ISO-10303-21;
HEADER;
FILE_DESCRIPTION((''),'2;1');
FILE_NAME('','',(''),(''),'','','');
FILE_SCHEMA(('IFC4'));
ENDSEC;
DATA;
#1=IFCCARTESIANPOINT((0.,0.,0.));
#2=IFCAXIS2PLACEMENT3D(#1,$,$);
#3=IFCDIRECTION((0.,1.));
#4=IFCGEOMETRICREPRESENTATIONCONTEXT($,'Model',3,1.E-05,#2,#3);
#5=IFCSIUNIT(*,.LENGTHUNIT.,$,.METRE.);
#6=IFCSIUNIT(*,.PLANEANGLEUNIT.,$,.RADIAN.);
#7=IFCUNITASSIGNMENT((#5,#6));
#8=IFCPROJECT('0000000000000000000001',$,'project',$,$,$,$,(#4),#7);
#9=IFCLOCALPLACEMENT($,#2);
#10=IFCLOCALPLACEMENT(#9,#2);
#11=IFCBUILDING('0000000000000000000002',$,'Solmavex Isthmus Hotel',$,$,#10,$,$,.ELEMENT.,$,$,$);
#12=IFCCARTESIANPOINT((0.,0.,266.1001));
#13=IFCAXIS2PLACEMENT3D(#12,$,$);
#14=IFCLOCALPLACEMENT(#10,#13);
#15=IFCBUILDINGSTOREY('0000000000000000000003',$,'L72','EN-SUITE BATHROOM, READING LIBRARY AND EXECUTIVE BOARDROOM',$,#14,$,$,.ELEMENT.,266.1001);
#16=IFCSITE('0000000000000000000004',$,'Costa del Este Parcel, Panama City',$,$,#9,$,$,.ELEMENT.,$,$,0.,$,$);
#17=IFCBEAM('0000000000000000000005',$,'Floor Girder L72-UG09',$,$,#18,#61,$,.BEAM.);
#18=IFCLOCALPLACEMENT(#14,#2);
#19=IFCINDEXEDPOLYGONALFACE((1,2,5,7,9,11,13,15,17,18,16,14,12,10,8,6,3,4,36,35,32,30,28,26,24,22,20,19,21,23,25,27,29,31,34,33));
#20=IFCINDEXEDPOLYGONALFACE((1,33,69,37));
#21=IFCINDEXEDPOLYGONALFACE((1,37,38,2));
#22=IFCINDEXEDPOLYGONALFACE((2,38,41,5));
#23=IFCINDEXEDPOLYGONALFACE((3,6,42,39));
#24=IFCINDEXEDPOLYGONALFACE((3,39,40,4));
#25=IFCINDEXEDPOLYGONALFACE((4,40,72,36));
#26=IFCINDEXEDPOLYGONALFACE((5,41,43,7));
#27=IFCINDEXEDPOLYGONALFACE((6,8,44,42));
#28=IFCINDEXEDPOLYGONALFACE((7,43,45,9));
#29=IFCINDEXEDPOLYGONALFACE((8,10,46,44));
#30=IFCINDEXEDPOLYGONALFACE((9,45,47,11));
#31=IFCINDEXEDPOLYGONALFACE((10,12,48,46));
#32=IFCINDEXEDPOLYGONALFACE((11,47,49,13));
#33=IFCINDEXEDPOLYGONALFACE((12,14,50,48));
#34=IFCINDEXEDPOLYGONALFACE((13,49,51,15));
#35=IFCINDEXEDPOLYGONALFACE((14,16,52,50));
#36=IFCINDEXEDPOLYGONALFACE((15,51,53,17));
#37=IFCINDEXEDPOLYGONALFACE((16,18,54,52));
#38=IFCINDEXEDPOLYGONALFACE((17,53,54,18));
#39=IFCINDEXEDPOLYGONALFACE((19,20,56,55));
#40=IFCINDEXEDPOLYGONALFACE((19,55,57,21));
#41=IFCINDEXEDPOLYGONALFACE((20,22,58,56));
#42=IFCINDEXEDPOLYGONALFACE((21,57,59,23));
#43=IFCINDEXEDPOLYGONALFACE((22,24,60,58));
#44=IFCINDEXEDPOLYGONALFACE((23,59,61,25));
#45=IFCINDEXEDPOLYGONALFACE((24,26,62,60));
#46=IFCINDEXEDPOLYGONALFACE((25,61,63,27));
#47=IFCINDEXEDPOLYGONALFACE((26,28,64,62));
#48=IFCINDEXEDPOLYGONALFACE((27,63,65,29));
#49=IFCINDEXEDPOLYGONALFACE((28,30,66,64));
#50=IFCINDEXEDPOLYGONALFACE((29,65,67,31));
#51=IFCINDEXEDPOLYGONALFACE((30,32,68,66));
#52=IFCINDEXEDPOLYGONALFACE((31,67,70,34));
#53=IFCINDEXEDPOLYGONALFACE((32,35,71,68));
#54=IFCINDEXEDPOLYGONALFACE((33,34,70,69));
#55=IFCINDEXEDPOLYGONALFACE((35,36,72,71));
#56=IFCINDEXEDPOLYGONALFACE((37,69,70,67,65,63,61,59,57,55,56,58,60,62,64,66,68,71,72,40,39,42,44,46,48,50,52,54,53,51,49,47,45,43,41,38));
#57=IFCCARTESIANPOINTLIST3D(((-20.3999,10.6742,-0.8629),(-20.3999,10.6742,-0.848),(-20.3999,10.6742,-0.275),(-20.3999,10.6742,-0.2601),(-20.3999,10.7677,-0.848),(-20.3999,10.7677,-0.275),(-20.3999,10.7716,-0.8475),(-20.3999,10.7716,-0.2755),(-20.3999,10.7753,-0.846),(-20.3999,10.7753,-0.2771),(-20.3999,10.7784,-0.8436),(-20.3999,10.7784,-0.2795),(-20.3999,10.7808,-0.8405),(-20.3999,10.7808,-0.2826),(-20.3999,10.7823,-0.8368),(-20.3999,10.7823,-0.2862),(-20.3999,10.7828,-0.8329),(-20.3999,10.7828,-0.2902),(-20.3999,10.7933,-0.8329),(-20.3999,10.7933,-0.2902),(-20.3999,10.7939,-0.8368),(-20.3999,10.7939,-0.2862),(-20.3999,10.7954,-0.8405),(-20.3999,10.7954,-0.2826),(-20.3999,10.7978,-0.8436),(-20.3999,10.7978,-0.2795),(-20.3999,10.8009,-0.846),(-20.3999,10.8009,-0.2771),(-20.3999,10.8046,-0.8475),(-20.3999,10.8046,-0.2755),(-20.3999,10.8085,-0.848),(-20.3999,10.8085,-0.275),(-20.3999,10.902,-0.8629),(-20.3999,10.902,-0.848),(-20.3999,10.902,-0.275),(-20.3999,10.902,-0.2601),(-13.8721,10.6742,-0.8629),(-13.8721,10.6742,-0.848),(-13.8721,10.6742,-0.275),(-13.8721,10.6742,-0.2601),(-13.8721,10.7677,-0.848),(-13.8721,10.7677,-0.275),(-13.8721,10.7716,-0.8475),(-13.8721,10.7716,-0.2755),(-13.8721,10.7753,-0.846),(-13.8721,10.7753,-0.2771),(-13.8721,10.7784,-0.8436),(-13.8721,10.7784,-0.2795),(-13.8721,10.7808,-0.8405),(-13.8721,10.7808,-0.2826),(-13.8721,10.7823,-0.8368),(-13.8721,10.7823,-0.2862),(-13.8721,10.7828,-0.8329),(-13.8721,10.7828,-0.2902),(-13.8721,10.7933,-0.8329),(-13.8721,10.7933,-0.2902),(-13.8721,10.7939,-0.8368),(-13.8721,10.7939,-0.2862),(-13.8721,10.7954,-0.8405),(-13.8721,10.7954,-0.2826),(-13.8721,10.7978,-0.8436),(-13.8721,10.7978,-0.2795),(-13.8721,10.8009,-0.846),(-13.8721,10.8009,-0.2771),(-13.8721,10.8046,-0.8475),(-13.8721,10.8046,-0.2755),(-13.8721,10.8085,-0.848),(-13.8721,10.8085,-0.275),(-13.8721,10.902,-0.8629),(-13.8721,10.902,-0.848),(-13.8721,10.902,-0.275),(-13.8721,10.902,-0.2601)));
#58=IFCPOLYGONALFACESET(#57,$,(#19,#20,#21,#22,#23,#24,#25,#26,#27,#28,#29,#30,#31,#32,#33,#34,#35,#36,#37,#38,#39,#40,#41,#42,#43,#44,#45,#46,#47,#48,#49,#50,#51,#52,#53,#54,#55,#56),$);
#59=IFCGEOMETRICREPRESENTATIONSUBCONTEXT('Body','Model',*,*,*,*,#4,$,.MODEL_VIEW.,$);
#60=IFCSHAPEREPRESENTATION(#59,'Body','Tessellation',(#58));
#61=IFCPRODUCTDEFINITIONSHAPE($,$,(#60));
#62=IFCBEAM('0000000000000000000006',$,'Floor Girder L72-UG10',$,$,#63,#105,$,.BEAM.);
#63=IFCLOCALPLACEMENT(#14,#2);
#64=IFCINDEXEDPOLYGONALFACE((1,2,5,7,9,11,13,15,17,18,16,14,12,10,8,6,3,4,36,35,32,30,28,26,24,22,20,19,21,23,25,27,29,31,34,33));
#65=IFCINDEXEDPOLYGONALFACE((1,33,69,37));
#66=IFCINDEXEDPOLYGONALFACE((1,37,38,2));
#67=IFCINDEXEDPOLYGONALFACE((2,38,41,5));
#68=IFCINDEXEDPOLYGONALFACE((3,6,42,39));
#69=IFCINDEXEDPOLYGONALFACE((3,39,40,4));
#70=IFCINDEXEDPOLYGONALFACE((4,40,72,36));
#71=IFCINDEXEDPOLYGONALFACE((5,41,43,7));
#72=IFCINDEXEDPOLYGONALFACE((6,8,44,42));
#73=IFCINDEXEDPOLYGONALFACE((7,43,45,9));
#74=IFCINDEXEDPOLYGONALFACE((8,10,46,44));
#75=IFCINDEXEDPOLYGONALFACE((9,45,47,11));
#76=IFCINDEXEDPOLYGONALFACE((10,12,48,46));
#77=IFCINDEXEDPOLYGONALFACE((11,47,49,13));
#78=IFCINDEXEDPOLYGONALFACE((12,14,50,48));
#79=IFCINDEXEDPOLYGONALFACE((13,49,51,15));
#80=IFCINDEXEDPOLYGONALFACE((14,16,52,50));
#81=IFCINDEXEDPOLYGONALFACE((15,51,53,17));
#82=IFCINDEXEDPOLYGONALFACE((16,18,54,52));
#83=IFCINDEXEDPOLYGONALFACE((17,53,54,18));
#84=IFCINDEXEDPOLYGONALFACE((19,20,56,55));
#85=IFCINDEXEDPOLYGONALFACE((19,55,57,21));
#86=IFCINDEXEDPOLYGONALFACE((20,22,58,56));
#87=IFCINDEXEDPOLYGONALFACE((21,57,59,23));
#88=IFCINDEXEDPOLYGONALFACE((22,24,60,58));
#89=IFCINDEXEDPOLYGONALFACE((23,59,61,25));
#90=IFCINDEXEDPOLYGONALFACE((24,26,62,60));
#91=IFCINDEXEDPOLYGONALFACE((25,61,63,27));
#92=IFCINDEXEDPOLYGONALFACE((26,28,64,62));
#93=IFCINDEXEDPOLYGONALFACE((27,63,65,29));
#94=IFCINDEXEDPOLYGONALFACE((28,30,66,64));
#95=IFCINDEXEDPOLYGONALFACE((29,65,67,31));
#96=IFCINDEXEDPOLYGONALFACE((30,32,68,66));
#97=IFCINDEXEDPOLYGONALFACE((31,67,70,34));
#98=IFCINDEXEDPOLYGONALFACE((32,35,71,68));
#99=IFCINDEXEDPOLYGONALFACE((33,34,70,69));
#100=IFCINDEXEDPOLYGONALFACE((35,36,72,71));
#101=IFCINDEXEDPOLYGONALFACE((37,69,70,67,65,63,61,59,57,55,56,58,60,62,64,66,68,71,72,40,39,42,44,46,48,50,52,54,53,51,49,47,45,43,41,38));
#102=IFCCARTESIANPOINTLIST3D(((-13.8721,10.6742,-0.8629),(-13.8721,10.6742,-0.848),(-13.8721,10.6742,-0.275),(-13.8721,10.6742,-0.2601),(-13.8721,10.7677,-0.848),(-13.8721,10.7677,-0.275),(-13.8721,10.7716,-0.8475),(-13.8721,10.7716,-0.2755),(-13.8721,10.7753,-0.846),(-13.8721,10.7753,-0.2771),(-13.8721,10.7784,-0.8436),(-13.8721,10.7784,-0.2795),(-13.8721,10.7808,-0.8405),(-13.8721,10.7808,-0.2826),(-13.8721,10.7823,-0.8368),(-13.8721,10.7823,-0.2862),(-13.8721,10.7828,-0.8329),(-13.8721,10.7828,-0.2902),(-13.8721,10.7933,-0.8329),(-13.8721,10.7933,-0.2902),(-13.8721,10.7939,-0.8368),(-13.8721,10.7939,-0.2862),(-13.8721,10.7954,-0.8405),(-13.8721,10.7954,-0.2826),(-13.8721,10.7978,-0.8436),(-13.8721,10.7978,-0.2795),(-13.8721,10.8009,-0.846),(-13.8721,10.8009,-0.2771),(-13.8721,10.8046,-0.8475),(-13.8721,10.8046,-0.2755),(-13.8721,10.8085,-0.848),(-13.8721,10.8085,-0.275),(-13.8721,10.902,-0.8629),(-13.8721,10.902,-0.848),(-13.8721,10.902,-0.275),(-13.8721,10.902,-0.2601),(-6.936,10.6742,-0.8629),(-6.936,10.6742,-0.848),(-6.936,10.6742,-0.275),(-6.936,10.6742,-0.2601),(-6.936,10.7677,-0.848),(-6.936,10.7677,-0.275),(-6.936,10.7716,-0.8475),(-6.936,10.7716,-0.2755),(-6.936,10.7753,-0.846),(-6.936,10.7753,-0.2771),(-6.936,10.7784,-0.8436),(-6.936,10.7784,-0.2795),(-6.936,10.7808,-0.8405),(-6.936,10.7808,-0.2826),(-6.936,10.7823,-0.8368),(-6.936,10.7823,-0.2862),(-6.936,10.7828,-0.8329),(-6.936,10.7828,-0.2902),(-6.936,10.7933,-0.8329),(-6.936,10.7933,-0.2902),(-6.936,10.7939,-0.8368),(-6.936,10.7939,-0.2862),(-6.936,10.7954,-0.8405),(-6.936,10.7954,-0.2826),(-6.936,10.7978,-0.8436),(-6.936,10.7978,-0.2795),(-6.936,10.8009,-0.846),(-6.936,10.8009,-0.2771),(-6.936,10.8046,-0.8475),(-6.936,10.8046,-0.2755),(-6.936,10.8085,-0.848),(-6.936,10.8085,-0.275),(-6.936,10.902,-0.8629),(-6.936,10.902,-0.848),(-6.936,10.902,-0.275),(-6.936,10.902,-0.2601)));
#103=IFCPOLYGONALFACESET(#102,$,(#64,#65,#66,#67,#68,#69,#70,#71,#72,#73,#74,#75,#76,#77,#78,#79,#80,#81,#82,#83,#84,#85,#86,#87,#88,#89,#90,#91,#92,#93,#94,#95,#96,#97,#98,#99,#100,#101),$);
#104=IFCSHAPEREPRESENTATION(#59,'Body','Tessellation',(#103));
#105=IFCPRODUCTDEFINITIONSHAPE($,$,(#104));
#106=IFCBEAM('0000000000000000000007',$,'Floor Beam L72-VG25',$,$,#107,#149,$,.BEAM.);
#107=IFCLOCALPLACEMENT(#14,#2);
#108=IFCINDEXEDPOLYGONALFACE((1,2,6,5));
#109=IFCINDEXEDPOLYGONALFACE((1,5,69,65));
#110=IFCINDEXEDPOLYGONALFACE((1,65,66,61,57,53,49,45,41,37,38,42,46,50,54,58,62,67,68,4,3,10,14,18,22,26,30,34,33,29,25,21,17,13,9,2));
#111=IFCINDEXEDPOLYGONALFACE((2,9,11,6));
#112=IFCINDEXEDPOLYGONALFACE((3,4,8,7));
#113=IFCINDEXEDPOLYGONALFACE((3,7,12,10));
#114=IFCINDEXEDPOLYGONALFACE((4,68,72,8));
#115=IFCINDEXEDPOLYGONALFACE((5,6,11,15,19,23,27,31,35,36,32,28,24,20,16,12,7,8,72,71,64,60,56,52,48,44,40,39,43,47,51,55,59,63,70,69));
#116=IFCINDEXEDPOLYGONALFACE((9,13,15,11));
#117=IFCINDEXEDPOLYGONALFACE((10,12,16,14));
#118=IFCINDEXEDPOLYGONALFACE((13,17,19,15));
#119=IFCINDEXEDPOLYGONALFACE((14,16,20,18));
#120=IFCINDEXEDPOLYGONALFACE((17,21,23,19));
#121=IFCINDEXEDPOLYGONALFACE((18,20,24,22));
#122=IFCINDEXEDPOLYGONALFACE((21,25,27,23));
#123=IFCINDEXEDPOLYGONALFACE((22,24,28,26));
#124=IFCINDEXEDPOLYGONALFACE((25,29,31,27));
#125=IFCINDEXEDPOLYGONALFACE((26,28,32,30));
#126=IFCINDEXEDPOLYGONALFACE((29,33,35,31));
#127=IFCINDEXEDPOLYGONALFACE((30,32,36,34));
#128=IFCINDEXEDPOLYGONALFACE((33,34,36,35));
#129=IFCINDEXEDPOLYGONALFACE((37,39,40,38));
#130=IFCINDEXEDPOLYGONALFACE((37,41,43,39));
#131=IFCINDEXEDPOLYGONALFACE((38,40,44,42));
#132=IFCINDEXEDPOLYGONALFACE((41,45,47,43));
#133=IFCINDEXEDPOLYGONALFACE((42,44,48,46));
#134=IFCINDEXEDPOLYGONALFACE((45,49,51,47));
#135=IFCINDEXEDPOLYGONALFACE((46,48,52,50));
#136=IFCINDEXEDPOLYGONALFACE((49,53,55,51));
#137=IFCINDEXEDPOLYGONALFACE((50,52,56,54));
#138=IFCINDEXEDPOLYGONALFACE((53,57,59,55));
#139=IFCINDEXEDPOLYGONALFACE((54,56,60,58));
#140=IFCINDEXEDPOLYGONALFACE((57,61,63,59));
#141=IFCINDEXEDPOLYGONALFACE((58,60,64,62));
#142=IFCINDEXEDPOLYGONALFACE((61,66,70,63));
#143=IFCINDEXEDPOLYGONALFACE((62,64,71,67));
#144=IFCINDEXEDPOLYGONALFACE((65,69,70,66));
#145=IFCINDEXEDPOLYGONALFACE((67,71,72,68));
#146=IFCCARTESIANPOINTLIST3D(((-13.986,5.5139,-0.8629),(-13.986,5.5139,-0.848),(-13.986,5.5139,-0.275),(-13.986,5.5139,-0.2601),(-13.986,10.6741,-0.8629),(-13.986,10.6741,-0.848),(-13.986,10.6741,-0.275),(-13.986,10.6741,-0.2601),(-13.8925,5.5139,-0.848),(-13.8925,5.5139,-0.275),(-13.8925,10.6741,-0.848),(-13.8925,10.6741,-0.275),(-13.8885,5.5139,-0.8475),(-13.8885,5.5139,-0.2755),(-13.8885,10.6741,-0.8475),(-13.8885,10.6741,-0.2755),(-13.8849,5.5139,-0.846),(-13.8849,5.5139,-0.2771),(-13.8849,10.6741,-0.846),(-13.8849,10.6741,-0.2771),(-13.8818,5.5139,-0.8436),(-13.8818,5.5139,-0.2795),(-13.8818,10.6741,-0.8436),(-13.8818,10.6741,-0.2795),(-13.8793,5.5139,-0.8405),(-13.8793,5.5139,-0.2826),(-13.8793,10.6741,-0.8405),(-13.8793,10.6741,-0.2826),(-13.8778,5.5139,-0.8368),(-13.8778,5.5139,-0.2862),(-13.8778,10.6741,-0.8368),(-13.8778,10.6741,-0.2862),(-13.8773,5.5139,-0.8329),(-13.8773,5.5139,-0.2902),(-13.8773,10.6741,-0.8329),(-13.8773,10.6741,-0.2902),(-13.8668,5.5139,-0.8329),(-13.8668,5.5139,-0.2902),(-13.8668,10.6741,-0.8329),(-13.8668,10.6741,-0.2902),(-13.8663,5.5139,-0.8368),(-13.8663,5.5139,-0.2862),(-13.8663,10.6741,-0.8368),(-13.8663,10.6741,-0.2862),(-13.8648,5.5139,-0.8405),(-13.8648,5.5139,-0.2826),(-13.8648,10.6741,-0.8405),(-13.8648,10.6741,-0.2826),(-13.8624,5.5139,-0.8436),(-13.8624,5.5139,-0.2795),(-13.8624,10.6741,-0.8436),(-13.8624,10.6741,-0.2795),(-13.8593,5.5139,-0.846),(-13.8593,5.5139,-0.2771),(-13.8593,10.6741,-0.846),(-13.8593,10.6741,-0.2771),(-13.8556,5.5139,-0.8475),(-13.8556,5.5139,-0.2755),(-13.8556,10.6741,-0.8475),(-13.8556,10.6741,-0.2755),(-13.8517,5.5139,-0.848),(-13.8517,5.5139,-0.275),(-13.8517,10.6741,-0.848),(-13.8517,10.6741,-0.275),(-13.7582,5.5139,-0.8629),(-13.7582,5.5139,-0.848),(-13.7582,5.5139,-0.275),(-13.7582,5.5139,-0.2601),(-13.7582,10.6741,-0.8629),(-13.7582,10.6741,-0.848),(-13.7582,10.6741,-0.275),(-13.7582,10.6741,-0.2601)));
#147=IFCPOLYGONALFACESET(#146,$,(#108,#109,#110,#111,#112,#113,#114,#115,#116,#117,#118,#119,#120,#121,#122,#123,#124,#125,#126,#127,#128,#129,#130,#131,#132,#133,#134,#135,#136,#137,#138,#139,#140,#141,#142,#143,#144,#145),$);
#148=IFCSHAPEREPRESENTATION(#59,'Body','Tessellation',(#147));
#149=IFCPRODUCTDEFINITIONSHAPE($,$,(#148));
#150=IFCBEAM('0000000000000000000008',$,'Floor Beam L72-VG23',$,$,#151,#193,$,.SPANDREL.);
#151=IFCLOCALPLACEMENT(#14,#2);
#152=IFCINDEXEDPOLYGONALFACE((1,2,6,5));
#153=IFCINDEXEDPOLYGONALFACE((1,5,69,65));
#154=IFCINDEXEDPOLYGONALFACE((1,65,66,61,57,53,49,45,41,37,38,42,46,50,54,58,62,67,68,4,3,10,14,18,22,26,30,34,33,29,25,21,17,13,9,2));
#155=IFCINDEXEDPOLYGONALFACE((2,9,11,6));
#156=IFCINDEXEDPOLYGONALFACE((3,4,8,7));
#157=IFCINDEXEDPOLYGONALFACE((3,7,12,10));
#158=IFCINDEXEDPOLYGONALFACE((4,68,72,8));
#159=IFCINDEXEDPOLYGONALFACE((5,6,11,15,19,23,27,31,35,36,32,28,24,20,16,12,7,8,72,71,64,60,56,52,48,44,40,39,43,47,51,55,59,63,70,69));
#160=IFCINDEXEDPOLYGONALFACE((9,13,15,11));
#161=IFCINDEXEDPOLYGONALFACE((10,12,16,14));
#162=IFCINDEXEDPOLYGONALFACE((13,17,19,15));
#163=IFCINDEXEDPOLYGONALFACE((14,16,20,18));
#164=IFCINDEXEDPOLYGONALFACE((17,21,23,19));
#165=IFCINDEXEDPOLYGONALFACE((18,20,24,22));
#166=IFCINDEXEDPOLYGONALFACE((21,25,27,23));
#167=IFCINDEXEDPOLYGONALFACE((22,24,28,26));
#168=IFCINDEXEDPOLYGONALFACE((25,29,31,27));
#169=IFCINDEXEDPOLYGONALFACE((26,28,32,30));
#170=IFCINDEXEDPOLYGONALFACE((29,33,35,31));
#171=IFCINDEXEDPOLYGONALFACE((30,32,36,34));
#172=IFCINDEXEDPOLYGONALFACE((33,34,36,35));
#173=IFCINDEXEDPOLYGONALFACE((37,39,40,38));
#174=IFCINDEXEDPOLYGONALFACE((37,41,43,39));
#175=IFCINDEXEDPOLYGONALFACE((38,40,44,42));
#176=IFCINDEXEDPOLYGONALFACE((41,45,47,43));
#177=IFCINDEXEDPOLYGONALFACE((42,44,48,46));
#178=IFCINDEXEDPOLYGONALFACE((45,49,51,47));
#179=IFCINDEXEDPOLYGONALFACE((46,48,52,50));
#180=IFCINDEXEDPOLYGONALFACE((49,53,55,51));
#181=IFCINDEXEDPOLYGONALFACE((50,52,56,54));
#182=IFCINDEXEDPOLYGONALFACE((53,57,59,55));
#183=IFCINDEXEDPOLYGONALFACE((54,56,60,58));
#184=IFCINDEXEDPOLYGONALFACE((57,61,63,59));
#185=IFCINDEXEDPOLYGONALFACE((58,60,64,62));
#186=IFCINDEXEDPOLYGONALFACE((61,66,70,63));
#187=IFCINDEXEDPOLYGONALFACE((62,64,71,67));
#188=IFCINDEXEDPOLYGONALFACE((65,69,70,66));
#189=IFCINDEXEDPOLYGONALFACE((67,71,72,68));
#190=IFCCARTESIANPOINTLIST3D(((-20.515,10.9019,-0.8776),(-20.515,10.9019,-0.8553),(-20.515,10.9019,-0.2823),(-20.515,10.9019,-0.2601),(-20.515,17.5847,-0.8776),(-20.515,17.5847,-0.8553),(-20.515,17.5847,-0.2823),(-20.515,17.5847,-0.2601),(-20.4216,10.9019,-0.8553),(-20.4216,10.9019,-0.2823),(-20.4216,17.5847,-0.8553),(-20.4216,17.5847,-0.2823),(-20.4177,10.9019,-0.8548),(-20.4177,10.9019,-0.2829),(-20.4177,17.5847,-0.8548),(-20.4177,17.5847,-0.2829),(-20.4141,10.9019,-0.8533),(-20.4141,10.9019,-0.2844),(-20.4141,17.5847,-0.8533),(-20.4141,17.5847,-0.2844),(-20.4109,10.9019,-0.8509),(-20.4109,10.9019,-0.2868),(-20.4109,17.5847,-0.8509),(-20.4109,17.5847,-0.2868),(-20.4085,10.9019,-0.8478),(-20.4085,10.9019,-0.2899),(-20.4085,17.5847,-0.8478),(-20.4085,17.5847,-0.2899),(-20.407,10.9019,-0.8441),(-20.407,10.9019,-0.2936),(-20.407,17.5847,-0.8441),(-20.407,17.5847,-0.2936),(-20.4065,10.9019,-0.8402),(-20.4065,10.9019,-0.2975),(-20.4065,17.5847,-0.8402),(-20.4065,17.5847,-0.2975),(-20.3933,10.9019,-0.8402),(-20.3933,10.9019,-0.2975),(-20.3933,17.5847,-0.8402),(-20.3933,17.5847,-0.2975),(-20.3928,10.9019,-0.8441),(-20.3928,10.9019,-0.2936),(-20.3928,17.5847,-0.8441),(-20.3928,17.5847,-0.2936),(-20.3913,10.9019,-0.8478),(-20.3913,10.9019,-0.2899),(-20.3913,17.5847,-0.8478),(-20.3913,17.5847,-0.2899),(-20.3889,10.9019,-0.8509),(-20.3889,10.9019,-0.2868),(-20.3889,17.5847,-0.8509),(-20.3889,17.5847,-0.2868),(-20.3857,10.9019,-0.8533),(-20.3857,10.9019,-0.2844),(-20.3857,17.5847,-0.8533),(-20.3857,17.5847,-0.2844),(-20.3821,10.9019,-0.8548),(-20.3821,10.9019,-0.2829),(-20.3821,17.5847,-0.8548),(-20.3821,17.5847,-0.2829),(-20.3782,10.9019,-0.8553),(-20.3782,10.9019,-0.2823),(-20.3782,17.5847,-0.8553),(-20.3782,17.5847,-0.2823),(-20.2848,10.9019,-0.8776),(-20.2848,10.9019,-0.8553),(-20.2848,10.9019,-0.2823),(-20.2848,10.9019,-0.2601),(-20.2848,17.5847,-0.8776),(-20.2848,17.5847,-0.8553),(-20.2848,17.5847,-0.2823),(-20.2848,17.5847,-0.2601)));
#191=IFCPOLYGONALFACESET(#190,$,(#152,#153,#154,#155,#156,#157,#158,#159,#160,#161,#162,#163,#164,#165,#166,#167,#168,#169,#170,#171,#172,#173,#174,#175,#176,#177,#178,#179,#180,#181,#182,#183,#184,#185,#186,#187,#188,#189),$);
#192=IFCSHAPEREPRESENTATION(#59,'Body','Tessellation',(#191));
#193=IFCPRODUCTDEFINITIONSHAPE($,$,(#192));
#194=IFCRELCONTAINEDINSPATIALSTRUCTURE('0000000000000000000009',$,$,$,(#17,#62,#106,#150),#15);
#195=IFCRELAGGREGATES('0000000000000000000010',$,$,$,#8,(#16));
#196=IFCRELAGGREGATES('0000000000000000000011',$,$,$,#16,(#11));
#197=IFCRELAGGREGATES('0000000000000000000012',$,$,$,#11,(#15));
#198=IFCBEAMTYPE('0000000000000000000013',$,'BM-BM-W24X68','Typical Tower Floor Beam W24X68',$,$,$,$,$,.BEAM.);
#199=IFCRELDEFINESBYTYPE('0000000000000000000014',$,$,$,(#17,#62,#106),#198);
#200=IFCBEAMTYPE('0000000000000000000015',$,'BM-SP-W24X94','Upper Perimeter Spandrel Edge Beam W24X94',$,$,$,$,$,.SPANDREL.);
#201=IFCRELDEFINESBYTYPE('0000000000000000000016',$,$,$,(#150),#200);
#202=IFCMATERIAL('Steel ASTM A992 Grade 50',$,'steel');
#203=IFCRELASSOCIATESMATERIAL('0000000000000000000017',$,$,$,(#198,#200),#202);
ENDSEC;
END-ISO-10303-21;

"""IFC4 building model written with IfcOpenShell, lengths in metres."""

from ifc_helpers import new_model, si_unit, direction, frame, origin, origin_2d, place, context, subcontext, project, spatial, i_section, extrude, material, material_profile, profile_set, type_object, element, save


model = new_model("IFC4")

# Units and contexts
model_context = context("Model", 3, precision=1e-05, world=origin(), true_north=direction((0.0, 1.0)))
body_context = subcontext(model_context, "Body", "Model", "MODEL_VIEW")
ifc_project = project(units=[si_unit("LENGTHUNIT", "METRE"), si_unit("PLANEANGLEUNIT", "RADIAN")], contexts=[model_context])

# Site, building, storey
site_placement = place(None, origin())
site = spatial("IfcSite", under=ifc_project, at=site_placement, Name="Costa del Este Parcel, Panama City", CompositionType="ELEMENT", RefElevation=0.0)
building_placement = place(site_placement, origin())
building = spatial("IfcBuilding", under=site, at=building_placement, Name="Solmavex Isthmus Hotel", CompositionType="ELEMENT")
storey_placement = place(building_placement, frame((0.0, 0.0, 266.1001)))
storey = spatial("IfcBuildingStorey", under=building, at=storey_placement, Name="L72", Description="EN-SUITE BATHROOM, READING LIBRARY AND EXECUTIVE BOARDROOM", CompositionType="ELEMENT", Elevation=266.1001)

# Beams
ifc_material_1 = material(Name="Steel ASTM A992 Grade 50", Category="steel")
ifc_material_profile_1 = material_profile(ifc_material_1, i_section(OverallWidth=0.2278, OverallDepth=0.6028, WebThickness=0.0105, FlangeThickness=0.0149, FilletRadius=0.0151, at=origin_2d()), Name="W24X68")
ifc_profile_set_1 = profile_set([ifc_material_profile_1], Name="Steel ASTM A992 Grade 50")
beam_type_1 = type_object("IfcBeamType", Name="BM-BM-W24X68", Description="Typical Tower Floor Beam W24X68", PredefinedType="BEAM", material=ifc_profile_set_1)
beam_1_placement = place(storey_placement, frame((-20.3999, 10.7881, -0.5615), z_axis=(1.0, 0.0, 0.0), x_axis=(0.0, 1.0, 0.0)))
element("IfcBeam", 1, at=beam_1_placement, inside=storey, type_object=beam_type_1, Name="Floor Girder L72-UG09", PredefinedType="BEAM", context=body_context, shape_type="SweptSolid", body=[
    extrude(i_section(OverallWidth=0.2278, OverallDepth=0.6028, WebThickness=0.0105, FlangeThickness=0.0149, FilletRadius=0.0151, at=origin_2d()), origin(), (0.0, 0.0, 1.0), 6.5278),
])
beam_2_placement = place(storey_placement, frame((-13.8721, 10.7881, -0.5615), z_axis=(1.0, 0.0, 0.0), x_axis=(0.0, 1.0, 0.0)))
element("IfcBeam", 2, at=beam_2_placement, inside=storey, type_object=beam_type_1, Name="Floor Girder L72-UG10", PredefinedType="BEAM", context=body_context, shape_type="SweptSolid", body=[
    extrude(i_section(OverallWidth=0.2278, OverallDepth=0.6028, WebThickness=0.0105, FlangeThickness=0.0149, FilletRadius=0.0151, at=origin_2d()), origin(), (0.0, 0.0, 1.0), 6.936),
])
beam_3_placement = place(storey_placement, frame((-13.8721, 5.5139, -0.5615), z_axis=(0.0, 1.0, 0.0), x_axis=(-1.0, 0.0, 0.0)))
element("IfcBeam", 3, at=beam_3_placement, inside=storey, type_object=beam_type_1, Name="Floor Beam L72-VG25", PredefinedType="BEAM", context=body_context, shape_type="SweptSolid", body=[
    extrude(i_section(OverallWidth=0.2278, OverallDepth=0.6028, WebThickness=0.0105, FlangeThickness=0.0149, FilletRadius=0.0151, at=origin_2d()), origin(), (0.0, 0.0, 1.0), 5.1602),
])
ifc_material_profile_2 = material_profile(ifc_material_1, i_section(OverallWidth=0.2302, OverallDepth=0.6174, WebThickness=0.0132, FlangeThickness=0.0222, FilletRadius=0.0151, at=origin_2d()), Name="W24X94")
ifc_profile_set_2 = profile_set([ifc_material_profile_2], Name="Steel ASTM A992 Grade 50")
beam_type_2 = type_object("IfcBeamType", Name="BM-SP-W24X94", Description="Upper Perimeter Spandrel Edge Beam W24X94", PredefinedType="SPANDREL", material=ifc_profile_set_2)
beam_4_placement = place(storey_placement, frame((-20.3999, 10.9019, -0.5688), z_axis=(0.0, 1.0, 0.0), x_axis=(-1.0, 0.0, 0.0)))
element("IfcBeam", 4, at=beam_4_placement, inside=storey, type_object=beam_type_2, Name="Floor Beam L72-VG23", PredefinedType="SPANDREL", context=body_context, shape_type="SweptSolid", body=[
    extrude(i_section(OverallWidth=0.2302, OverallDepth=0.6174, WebThickness=0.0132, FlangeThickness=0.0222, FilletRadius=0.0151, at=origin_2d()), origin(), (0.0, 0.0, 1.0), 6.6829),
])

save(model, "model.ifc")
